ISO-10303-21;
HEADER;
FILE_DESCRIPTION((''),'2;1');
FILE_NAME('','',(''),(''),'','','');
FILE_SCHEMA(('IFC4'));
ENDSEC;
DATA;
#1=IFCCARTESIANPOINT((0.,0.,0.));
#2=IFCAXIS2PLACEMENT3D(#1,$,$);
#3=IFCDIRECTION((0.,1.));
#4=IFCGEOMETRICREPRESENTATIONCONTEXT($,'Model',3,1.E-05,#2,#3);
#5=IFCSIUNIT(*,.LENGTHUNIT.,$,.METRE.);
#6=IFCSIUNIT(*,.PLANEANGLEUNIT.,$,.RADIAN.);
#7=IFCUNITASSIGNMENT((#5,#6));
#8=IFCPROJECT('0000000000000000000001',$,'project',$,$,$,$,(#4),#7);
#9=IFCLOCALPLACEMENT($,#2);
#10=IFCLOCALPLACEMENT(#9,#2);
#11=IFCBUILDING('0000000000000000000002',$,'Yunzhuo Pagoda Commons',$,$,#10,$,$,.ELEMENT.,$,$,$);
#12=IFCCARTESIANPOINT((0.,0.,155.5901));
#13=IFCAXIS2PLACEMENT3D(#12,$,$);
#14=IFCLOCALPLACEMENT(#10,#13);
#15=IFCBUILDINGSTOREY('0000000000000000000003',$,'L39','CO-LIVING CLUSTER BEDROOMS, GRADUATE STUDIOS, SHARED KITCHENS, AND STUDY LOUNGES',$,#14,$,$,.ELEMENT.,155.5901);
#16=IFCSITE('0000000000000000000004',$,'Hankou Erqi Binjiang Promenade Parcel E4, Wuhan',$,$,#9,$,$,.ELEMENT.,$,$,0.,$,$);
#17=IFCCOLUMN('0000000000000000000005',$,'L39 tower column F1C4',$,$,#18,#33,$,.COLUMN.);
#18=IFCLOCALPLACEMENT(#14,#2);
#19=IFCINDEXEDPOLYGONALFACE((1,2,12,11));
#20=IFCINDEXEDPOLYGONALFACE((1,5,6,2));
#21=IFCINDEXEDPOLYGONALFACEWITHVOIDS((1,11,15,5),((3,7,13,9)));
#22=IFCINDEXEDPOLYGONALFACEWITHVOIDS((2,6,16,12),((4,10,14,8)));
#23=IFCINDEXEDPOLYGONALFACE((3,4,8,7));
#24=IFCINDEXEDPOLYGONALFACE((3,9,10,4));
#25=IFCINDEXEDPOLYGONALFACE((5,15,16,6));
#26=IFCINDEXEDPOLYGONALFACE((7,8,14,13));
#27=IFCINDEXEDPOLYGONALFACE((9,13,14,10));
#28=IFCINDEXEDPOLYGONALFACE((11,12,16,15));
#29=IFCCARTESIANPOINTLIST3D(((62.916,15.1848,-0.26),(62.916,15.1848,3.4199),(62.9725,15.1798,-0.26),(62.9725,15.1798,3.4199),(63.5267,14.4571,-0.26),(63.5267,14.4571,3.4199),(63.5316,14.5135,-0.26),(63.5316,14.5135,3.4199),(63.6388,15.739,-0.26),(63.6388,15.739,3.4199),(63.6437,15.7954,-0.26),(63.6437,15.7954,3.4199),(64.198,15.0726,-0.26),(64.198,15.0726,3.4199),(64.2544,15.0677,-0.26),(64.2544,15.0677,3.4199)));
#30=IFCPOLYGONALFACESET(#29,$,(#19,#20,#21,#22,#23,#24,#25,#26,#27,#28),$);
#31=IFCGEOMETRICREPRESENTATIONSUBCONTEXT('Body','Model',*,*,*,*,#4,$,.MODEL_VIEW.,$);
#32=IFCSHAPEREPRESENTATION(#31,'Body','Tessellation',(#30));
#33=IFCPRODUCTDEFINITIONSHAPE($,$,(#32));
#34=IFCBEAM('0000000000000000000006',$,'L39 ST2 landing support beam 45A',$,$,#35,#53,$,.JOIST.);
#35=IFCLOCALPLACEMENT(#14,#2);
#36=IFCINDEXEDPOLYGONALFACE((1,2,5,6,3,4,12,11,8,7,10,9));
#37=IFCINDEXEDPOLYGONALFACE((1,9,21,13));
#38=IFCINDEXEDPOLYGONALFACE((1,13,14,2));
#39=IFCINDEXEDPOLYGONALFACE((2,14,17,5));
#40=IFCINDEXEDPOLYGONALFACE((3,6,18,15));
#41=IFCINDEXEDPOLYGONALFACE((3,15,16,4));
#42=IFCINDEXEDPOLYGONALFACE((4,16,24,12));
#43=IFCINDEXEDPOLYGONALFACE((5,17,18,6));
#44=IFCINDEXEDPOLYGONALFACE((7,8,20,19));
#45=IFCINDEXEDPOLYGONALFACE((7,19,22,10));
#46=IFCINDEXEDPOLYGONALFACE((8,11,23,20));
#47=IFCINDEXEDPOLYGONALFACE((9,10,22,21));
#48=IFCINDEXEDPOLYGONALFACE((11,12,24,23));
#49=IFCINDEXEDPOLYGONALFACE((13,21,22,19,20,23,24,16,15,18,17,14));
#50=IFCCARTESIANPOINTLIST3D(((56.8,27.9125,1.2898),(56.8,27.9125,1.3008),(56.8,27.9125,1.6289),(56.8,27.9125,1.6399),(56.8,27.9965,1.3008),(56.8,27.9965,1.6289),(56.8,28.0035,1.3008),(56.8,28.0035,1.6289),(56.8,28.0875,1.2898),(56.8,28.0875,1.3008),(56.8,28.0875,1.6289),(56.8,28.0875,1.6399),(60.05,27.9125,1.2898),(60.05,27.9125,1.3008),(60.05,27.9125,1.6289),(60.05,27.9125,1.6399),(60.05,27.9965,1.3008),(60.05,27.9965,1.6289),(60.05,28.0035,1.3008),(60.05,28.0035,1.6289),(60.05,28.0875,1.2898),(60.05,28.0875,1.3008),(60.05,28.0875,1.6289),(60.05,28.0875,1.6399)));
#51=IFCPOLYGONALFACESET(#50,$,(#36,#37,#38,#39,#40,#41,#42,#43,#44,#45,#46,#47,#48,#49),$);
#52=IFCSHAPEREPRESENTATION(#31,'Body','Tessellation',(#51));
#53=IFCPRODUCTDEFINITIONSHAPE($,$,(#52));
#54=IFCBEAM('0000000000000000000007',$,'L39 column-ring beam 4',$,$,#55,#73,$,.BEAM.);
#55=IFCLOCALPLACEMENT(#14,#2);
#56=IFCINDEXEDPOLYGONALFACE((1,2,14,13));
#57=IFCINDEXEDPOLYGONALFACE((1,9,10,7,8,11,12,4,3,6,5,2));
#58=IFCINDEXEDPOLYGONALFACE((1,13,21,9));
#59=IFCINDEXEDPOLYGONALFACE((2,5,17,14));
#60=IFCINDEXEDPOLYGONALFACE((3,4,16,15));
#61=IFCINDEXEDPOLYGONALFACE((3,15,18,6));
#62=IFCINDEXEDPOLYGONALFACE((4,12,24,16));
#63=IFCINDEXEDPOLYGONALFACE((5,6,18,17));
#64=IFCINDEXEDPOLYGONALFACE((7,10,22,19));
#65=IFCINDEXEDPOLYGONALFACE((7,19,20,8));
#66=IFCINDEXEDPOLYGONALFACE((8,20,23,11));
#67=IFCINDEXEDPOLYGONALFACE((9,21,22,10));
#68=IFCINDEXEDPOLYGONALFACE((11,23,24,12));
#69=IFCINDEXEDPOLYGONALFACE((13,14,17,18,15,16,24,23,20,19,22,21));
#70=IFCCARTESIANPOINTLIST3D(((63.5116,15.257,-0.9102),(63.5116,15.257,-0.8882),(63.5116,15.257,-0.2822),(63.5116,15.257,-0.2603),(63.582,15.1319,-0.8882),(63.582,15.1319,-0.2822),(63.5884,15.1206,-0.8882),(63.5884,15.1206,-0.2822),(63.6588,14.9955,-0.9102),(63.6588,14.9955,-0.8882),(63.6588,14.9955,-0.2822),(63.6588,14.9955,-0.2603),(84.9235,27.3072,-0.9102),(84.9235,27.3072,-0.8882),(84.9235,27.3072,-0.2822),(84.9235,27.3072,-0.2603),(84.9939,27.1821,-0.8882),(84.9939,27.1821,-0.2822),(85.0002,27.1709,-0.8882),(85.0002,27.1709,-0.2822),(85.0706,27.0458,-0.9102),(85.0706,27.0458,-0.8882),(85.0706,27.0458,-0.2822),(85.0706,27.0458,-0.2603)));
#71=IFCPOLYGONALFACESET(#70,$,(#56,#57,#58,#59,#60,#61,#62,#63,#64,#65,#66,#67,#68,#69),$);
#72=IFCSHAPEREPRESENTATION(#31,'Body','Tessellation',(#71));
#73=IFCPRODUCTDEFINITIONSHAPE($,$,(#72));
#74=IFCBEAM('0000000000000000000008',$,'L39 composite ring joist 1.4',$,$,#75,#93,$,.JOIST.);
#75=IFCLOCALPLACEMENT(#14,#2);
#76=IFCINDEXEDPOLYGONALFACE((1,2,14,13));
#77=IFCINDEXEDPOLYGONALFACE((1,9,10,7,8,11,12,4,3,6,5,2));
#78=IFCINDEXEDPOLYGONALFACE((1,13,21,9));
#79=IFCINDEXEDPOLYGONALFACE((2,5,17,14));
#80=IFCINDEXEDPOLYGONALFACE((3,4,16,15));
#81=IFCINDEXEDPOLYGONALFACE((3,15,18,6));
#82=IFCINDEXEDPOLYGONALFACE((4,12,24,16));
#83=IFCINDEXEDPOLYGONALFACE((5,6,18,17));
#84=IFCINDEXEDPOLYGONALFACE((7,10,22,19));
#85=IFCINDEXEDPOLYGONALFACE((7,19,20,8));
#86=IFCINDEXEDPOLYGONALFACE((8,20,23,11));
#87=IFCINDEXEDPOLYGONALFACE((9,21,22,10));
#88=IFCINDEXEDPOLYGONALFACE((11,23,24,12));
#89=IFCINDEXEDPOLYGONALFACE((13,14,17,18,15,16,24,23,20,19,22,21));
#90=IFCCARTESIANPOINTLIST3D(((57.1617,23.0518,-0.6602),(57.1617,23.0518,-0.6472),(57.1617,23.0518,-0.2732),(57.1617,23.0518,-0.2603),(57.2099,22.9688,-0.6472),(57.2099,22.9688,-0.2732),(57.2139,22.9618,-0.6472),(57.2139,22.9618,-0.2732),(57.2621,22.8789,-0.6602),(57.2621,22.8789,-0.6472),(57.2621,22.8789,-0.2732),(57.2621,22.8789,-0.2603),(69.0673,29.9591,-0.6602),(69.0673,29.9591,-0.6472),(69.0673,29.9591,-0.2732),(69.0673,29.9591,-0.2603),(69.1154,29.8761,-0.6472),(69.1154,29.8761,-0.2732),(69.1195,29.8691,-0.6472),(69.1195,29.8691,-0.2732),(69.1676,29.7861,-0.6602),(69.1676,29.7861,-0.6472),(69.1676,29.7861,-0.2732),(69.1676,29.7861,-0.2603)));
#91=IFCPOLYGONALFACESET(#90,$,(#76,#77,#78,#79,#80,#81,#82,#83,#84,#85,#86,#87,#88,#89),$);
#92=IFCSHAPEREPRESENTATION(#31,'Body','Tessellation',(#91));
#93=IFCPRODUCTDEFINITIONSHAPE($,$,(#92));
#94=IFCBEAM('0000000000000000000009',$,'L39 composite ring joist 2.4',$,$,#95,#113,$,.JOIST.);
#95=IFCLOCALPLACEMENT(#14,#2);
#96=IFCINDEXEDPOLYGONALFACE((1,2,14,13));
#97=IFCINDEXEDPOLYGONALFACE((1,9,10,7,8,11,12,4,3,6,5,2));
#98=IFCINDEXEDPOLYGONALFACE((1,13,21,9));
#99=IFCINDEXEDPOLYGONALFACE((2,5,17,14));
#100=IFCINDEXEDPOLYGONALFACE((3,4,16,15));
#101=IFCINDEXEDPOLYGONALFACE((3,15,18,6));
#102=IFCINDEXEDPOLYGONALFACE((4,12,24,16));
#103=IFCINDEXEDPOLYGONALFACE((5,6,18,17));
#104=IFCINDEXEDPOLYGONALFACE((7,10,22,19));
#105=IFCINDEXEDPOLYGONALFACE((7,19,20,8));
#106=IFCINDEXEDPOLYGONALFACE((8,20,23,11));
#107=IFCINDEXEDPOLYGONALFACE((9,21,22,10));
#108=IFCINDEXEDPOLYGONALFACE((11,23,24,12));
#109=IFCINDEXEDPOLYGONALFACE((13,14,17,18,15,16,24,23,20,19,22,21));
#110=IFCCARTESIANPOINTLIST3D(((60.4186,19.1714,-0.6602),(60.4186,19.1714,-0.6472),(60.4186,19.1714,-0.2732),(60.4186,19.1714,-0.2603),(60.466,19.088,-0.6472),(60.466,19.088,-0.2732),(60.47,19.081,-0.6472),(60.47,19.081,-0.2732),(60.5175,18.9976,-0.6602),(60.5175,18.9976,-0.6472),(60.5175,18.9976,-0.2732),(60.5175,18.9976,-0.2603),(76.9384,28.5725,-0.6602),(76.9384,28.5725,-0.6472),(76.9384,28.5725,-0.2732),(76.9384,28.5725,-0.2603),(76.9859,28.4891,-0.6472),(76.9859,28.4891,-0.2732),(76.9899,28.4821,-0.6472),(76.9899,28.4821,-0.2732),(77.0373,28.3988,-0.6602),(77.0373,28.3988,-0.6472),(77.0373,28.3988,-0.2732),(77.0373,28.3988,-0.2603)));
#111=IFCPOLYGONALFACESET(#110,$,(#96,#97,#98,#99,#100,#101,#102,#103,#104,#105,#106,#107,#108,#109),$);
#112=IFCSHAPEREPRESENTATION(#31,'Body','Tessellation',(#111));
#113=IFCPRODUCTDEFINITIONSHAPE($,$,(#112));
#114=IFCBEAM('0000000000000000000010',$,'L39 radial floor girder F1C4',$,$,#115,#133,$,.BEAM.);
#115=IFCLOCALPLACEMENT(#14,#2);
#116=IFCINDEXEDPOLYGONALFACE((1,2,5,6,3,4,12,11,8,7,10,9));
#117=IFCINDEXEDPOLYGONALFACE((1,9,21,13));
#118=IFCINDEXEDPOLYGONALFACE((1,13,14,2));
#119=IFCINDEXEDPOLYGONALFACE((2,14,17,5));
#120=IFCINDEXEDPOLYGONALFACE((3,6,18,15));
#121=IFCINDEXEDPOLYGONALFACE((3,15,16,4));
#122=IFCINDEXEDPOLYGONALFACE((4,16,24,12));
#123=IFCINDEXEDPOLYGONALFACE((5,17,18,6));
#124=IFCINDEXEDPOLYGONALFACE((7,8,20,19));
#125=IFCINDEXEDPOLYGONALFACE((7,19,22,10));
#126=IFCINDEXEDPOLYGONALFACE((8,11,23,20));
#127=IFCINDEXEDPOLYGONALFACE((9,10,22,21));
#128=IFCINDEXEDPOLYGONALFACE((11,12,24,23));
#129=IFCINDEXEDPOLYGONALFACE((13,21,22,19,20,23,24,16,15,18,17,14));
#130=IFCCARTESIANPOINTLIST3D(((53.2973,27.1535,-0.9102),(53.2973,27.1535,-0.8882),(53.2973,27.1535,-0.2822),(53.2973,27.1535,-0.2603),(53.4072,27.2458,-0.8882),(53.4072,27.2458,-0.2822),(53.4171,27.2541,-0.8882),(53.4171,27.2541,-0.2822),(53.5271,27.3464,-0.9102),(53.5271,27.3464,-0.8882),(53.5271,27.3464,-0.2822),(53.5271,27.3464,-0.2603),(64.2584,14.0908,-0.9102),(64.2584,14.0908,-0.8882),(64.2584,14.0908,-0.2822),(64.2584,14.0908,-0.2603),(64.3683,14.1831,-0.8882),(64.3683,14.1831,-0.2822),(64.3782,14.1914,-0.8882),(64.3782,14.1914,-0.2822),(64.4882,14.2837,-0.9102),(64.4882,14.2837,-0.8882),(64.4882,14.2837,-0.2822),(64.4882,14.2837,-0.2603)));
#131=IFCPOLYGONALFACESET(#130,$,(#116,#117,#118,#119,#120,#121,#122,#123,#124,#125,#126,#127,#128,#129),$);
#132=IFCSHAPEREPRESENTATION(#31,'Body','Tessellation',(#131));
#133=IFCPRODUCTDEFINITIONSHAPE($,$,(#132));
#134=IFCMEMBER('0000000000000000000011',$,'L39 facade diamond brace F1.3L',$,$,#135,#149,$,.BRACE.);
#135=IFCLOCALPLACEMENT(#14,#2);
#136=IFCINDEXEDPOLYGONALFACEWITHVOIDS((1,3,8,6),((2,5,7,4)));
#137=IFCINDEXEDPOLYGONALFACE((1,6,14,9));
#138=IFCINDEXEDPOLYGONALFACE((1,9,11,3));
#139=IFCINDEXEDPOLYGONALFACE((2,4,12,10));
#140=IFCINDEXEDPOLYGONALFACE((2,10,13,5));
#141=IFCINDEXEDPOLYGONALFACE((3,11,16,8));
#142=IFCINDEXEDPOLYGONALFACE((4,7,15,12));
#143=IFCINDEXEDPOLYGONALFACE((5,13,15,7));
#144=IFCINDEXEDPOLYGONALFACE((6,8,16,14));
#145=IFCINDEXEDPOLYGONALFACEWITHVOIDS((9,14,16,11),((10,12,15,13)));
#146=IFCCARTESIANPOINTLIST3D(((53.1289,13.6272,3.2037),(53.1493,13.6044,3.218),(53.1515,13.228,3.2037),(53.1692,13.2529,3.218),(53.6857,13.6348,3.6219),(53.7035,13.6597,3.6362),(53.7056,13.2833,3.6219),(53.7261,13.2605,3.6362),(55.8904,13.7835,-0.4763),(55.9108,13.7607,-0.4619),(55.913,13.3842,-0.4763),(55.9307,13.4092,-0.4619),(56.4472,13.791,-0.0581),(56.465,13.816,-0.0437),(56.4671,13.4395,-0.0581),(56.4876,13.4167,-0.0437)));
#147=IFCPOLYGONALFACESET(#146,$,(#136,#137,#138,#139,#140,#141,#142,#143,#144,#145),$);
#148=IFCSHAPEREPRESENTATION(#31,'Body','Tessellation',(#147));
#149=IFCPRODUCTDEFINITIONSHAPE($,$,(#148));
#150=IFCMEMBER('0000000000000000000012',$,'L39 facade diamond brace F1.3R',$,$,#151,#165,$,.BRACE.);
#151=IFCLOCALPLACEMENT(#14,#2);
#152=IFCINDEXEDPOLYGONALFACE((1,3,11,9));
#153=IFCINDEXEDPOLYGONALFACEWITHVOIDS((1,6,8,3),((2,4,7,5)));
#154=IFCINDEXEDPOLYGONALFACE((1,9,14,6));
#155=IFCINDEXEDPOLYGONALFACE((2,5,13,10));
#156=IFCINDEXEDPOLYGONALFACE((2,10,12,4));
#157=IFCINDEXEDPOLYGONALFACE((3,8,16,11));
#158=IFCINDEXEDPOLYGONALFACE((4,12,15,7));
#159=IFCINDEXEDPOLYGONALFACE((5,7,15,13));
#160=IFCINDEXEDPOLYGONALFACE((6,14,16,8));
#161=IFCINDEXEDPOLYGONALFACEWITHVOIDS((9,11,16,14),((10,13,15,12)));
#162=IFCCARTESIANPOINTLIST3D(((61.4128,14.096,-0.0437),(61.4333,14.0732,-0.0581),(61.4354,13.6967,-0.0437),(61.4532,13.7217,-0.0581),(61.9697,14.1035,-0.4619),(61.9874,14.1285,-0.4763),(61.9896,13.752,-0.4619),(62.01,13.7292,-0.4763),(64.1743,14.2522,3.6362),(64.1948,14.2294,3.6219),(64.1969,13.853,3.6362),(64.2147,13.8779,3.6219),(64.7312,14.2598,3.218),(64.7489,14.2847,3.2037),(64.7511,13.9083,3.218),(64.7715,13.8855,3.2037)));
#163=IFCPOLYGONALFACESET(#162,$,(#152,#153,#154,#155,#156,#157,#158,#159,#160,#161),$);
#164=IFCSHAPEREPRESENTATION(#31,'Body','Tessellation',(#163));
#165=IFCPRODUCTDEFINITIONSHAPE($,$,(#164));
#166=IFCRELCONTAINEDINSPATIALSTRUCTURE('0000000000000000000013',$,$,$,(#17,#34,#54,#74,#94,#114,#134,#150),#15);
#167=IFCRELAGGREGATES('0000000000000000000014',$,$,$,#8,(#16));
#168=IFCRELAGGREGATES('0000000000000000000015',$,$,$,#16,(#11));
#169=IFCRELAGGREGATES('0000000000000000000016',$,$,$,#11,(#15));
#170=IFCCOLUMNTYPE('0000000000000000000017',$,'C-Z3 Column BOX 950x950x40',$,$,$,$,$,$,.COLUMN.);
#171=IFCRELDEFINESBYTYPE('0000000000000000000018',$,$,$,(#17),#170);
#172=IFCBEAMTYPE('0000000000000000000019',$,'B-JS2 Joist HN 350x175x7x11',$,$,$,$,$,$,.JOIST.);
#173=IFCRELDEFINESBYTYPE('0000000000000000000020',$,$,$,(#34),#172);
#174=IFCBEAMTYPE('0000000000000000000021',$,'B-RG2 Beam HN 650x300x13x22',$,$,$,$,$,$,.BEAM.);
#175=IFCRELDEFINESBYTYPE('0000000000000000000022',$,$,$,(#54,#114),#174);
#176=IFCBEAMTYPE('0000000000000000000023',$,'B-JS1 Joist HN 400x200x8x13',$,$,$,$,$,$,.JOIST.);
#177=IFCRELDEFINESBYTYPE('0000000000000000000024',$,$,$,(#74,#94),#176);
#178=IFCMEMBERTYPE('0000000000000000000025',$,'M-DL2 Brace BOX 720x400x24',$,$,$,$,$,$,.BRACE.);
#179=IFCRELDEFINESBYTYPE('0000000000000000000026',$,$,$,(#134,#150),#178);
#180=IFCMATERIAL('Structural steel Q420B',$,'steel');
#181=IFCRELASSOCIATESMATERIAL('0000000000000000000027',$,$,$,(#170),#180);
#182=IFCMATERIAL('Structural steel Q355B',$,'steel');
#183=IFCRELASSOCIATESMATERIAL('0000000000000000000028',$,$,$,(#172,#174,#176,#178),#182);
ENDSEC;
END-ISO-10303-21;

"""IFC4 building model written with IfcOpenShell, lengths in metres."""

from ifc_helpers import new_model, si_unit, direction, frame, origin, origin_2d, place, context, subcontext, project, spatial, hollow_rectangle, i_section, extrude, source, transform, mapped, material, material_profile, profile_set, type_object, element, save


model = new_model("IFC4")

# Units and contexts
model_context = context("Model", 3, precision=1e-05, world=origin(), true_north=direction((0.0, 1.0)))
body_context = subcontext(model_context, "Body", "Model", "MODEL_VIEW")
ifc_project = project(units=[si_unit("LENGTHUNIT", "METRE"), si_unit("PLANEANGLEUNIT", "RADIAN")], contexts=[model_context])

# Site, building, storey
site_placement = place(None, origin())
site = spatial("IfcSite", under=ifc_project, at=site_placement, Name="Hankou Erqi Binjiang Promenade Parcel E4, Wuhan", CompositionType="ELEMENT", RefElevation=0.0)
building_placement = place(site_placement, origin())
building = spatial("IfcBuilding", under=site, at=building_placement, Name="Yunzhuo Pagoda Commons", CompositionType="ELEMENT")
storey_placement = place(building_placement, frame((0.0, 0.0, 155.5901)))
storey = spatial("IfcBuildingStorey", under=building, at=storey_placement, Name="L39", Description="CO-LIVING CLUSTER BEDROOMS, GRADUATE STUDIOS, SHARED KITCHENS, AND STUDY LOUNGES", CompositionType="ELEMENT", Elevation=155.5901)

# Column
ifc_material_1 = material(Name="Structural steel Q420B", Category="steel")
ifc_material_profile_1 = material_profile(ifc_material_1, hollow_rectangle(XDim=0.95, YDim=0.95, WallThickness=0.04, at=origin_2d()), Name="Structural steel Q420B")
ifc_profile_set_1 = profile_set([ifc_material_profile_1], Name="Structural steel Q420B")
column_type = type_object("IfcColumnType", Name="C-Z3 Column BOX 950x950x40", PredefinedType="COLUMN", material=ifc_profile_set_1)
shared_shape_1 = source(origin(), body_context, "Body", "SweptSolid", [
    extrude(hollow_rectangle(XDim=0.95, YDim=0.95, WallThickness=0.04, at=origin_2d()), origin(), (0.0, 0.0, 1.0), 3.6799),
])
column_placement = place(storey_placement, frame((63.5852, 15.1262, -0.26), z_axis=(0.0, 0.0, 1.0), x_axis=(0.766044, 0.642788, 0.0)))
element("IfcColumn", 1, at=column_placement, inside=storey, type_object=column_type, Name="L39 tower column F1C4", PredefinedType="COLUMN", context=body_context, shape_type="MappedRepresentation", body=[
    mapped(shared_shape_1, transform((0.0, 0.0, 0.0), scale=1.0)),
])

# Beams
ifc_material_2 = material(Name="Structural steel Q355B", Category="steel")
ifc_material_profile_2 = material_profile(ifc_material_2, i_section(OverallWidth=0.175, OverallDepth=0.3501, WebThickness=0.0071, FlangeThickness=0.011, at=origin_2d()), Name="Structural steel Q355B")
ifc_profile_set_2 = profile_set([ifc_material_profile_2], Name="Structural steel Q355B")
beam_type_1 = type_object("IfcBeamType", Name="B-JS2 Joist HN 350x175x7x11", PredefinedType="JOIST", material=ifc_profile_set_2)
shared_shape_2 = source(origin(), body_context, "Body", "SweptSolid", [
    extrude(i_section(OverallWidth=0.175, OverallDepth=0.3501, WebThickness=0.0071, FlangeThickness=0.011, at=origin_2d()), origin(), (0.0, 0.0, 1.0), 3.25),
])
beam_1_placement = place(storey_placement, frame((56.8, 28.0, 1.4648), z_axis=(1.0, 0.0, 0.0), x_axis=(0.0, 1.0, 0.0)))
element("IfcBeam", 2, at=beam_1_placement, inside=storey, type_object=beam_type_1, Name="L39 ST2 landing support beam 45A", PredefinedType="JOIST", context=body_context, shape_type="MappedRepresentation", body=[
    mapped(shared_shape_2, transform((0.0, 0.0, 0.0), scale=1.0)),
])
ifc_material_profile_3 = material_profile(ifc_material_2, i_section(OverallWidth=0.3, OverallDepth=0.6499, WebThickness=0.0129, FlangeThickness=0.022, at=origin_2d()), Name="Structural steel Q355B")
ifc_profile_set_3 = profile_set([ifc_material_profile_3], Name="Structural steel Q355B")
beam_type_2 = type_object("IfcBeamType", Name="B-RG2 Beam HN 650x300x13x22", PredefinedType="BEAM", material=ifc_profile_set_3)
shared_shape_3 = source(origin(), body_context, "Body", "SweptSolid", [
    extrude(i_section(OverallWidth=0.3, OverallDepth=0.6499, WebThickness=0.0129, FlangeThickness=0.022, at=origin_2d()), origin(), (0.0, 0.0, 1.0), 24.5698),
])
beam_2_placement = place(storey_placement, frame((63.5852, 15.1262, -0.5852), z_axis=(0.871469, 0.49045, 0.0), x_axis=(-0.49045, 0.871469, 0.0)))
element("IfcBeam", 3, at=beam_2_placement, inside=storey, type_object=beam_type_2, Name="L39 column-ring beam 4", PredefinedType="BEAM", context=body_context, shape_type="MappedRepresentation", body=[
    mapped(shared_shape_3, transform((0.0, 0.0, 0.0), scale=1.0)),
])
ifc_material_profile_4 = material_profile(ifc_material_2, i_section(OverallWidth=0.2, OverallDepth=0.3999, WebThickness=0.0081, FlangeThickness=0.0129, at=origin_2d()), Name="Structural steel Q355B")
ifc_profile_set_4 = profile_set([ifc_material_profile_4], Name="Structural steel Q355B")
beam_type_3 = type_object("IfcBeamType", Name="B-JS1 Joist HN 400x200x8x13", PredefinedType="JOIST", material=ifc_profile_set_4)
shared_shape_4 = source(origin(), body_context, "Body", "SweptSolid", [
    extrude(i_section(OverallWidth=0.2, OverallDepth=0.3999, WebThickness=0.0081, FlangeThickness=0.0129, at=origin_2d()), origin(), (0.0, 0.0, 1.0), 13.7642),
])
beam_3_placement = place(storey_placement, frame((57.2119, 22.9653, -0.4602), z_axis=(0.864967, 0.501828, 0.0), x_axis=(-0.501828, 0.864967, 0.0)))
element("IfcBeam", 4, at=beam_3_placement, inside=storey, type_object=beam_type_3, Name="L39 composite ring joist 1.4", PredefinedType="JOIST", context=body_context, shape_type="MappedRepresentation", body=[
    mapped(shared_shape_4, transform((0.0, 0.0, 0.0), scale=1.0)),
])
shared_shape_5 = source(origin(), body_context, "Body", "SweptSolid", [
    extrude(i_section(OverallWidth=0.2, OverallDepth=0.3999, WebThickness=0.0081, FlangeThickness=0.0129, at=origin_2d()), origin(), (0.0, 0.0, 1.0), 19.0076),
])
beam_4_placement = place(storey_placement, frame((60.468, 19.0845, -0.4602), z_axis=(0.86912, 0.494601, 0.0), x_axis=(-0.494601, 0.86912, 0.0)))
element("IfcBeam", 5, at=beam_4_placement, inside=storey, type_object=beam_type_3, Name="L39 composite ring joist 2.4", PredefinedType="JOIST", context=body_context, shape_type="MappedRepresentation", body=[
    mapped(shared_shape_5, transform((0.0, 0.0, 0.0), scale=1.0)),
])
shared_shape_6 = source(origin(), body_context, "Body", "SweptSolid", [
    extrude(i_section(OverallWidth=0.3, OverallDepth=0.6499, WebThickness=0.0129, FlangeThickness=0.022, at=origin_2d()), origin(), (0.0, 0.0, 1.0), 17.0522),
])
beam_5_placement = place(storey_placement, frame((64.3733, 14.1873, -0.5852), z_axis=(-0.642796, 0.766038, 0.0), x_axis=(-0.766038, -0.642796, 0.0)))
element("IfcBeam", 6, at=beam_5_placement, inside=storey, type_object=beam_type_2, Name="L39 radial floor girder F1C4", PredefinedType="BEAM", context=body_context, shape_type="MappedRepresentation", body=[
    mapped(shared_shape_6, transform((0.0, 0.0, 0.0), scale=1.0)),
])

# Members
ifc_material_profile_5 = material_profile(ifc_material_2, hollow_rectangle(XDim=0.3999, YDim=0.72, WallThickness=0.0239, at=origin_2d()), Name="Structural steel Q355B")
ifc_profile_set_5 = profile_set([ifc_material_profile_5], Name="Structural steel Q355B")
member_type_1 = type_object("IfcMemberType", Name="M-DL2 Brace BOX 720x400x24", PredefinedType="BRACE", material=ifc_profile_set_5)
shared_shape_7 = source(origin(), body_context, "Body", "SweptSolid", [
    extrude(hollow_rectangle(XDim=0.3999, YDim=0.72, WallThickness=0.0239, at=origin_2d()), origin(), (0.0, 0.0, 1.0), 4.6035),
])
for number, where, z_axis, x_axis, name in (
    (7, (56.189, 13.6001, -0.26), (-0.599866, -0.033942, 0.79938), (0.056492, -0.998403, 0.0), "L39 facade diamond brace F1.3L"),
    (8, (61.7114, 13.9126, -0.26), (0.599866, 0.033942, 0.79938), (-0.056492, 0.998403, 0.0), "L39 facade diamond brace F1.3R"),
):
    element("IfcMember", number, at=place(storey_placement, frame(where, z_axis=z_axis, x_axis=x_axis)), inside=storey, type_object=member_type_1, Name=name, PredefinedType="BRACE", context=body_context, shape_type="MappedRepresentation", body=[
        mapped(shared_shape_7, transform((0.0, 0.0, 0.0), scale=1.0)),
    ])

save(model, "model.ifc")
